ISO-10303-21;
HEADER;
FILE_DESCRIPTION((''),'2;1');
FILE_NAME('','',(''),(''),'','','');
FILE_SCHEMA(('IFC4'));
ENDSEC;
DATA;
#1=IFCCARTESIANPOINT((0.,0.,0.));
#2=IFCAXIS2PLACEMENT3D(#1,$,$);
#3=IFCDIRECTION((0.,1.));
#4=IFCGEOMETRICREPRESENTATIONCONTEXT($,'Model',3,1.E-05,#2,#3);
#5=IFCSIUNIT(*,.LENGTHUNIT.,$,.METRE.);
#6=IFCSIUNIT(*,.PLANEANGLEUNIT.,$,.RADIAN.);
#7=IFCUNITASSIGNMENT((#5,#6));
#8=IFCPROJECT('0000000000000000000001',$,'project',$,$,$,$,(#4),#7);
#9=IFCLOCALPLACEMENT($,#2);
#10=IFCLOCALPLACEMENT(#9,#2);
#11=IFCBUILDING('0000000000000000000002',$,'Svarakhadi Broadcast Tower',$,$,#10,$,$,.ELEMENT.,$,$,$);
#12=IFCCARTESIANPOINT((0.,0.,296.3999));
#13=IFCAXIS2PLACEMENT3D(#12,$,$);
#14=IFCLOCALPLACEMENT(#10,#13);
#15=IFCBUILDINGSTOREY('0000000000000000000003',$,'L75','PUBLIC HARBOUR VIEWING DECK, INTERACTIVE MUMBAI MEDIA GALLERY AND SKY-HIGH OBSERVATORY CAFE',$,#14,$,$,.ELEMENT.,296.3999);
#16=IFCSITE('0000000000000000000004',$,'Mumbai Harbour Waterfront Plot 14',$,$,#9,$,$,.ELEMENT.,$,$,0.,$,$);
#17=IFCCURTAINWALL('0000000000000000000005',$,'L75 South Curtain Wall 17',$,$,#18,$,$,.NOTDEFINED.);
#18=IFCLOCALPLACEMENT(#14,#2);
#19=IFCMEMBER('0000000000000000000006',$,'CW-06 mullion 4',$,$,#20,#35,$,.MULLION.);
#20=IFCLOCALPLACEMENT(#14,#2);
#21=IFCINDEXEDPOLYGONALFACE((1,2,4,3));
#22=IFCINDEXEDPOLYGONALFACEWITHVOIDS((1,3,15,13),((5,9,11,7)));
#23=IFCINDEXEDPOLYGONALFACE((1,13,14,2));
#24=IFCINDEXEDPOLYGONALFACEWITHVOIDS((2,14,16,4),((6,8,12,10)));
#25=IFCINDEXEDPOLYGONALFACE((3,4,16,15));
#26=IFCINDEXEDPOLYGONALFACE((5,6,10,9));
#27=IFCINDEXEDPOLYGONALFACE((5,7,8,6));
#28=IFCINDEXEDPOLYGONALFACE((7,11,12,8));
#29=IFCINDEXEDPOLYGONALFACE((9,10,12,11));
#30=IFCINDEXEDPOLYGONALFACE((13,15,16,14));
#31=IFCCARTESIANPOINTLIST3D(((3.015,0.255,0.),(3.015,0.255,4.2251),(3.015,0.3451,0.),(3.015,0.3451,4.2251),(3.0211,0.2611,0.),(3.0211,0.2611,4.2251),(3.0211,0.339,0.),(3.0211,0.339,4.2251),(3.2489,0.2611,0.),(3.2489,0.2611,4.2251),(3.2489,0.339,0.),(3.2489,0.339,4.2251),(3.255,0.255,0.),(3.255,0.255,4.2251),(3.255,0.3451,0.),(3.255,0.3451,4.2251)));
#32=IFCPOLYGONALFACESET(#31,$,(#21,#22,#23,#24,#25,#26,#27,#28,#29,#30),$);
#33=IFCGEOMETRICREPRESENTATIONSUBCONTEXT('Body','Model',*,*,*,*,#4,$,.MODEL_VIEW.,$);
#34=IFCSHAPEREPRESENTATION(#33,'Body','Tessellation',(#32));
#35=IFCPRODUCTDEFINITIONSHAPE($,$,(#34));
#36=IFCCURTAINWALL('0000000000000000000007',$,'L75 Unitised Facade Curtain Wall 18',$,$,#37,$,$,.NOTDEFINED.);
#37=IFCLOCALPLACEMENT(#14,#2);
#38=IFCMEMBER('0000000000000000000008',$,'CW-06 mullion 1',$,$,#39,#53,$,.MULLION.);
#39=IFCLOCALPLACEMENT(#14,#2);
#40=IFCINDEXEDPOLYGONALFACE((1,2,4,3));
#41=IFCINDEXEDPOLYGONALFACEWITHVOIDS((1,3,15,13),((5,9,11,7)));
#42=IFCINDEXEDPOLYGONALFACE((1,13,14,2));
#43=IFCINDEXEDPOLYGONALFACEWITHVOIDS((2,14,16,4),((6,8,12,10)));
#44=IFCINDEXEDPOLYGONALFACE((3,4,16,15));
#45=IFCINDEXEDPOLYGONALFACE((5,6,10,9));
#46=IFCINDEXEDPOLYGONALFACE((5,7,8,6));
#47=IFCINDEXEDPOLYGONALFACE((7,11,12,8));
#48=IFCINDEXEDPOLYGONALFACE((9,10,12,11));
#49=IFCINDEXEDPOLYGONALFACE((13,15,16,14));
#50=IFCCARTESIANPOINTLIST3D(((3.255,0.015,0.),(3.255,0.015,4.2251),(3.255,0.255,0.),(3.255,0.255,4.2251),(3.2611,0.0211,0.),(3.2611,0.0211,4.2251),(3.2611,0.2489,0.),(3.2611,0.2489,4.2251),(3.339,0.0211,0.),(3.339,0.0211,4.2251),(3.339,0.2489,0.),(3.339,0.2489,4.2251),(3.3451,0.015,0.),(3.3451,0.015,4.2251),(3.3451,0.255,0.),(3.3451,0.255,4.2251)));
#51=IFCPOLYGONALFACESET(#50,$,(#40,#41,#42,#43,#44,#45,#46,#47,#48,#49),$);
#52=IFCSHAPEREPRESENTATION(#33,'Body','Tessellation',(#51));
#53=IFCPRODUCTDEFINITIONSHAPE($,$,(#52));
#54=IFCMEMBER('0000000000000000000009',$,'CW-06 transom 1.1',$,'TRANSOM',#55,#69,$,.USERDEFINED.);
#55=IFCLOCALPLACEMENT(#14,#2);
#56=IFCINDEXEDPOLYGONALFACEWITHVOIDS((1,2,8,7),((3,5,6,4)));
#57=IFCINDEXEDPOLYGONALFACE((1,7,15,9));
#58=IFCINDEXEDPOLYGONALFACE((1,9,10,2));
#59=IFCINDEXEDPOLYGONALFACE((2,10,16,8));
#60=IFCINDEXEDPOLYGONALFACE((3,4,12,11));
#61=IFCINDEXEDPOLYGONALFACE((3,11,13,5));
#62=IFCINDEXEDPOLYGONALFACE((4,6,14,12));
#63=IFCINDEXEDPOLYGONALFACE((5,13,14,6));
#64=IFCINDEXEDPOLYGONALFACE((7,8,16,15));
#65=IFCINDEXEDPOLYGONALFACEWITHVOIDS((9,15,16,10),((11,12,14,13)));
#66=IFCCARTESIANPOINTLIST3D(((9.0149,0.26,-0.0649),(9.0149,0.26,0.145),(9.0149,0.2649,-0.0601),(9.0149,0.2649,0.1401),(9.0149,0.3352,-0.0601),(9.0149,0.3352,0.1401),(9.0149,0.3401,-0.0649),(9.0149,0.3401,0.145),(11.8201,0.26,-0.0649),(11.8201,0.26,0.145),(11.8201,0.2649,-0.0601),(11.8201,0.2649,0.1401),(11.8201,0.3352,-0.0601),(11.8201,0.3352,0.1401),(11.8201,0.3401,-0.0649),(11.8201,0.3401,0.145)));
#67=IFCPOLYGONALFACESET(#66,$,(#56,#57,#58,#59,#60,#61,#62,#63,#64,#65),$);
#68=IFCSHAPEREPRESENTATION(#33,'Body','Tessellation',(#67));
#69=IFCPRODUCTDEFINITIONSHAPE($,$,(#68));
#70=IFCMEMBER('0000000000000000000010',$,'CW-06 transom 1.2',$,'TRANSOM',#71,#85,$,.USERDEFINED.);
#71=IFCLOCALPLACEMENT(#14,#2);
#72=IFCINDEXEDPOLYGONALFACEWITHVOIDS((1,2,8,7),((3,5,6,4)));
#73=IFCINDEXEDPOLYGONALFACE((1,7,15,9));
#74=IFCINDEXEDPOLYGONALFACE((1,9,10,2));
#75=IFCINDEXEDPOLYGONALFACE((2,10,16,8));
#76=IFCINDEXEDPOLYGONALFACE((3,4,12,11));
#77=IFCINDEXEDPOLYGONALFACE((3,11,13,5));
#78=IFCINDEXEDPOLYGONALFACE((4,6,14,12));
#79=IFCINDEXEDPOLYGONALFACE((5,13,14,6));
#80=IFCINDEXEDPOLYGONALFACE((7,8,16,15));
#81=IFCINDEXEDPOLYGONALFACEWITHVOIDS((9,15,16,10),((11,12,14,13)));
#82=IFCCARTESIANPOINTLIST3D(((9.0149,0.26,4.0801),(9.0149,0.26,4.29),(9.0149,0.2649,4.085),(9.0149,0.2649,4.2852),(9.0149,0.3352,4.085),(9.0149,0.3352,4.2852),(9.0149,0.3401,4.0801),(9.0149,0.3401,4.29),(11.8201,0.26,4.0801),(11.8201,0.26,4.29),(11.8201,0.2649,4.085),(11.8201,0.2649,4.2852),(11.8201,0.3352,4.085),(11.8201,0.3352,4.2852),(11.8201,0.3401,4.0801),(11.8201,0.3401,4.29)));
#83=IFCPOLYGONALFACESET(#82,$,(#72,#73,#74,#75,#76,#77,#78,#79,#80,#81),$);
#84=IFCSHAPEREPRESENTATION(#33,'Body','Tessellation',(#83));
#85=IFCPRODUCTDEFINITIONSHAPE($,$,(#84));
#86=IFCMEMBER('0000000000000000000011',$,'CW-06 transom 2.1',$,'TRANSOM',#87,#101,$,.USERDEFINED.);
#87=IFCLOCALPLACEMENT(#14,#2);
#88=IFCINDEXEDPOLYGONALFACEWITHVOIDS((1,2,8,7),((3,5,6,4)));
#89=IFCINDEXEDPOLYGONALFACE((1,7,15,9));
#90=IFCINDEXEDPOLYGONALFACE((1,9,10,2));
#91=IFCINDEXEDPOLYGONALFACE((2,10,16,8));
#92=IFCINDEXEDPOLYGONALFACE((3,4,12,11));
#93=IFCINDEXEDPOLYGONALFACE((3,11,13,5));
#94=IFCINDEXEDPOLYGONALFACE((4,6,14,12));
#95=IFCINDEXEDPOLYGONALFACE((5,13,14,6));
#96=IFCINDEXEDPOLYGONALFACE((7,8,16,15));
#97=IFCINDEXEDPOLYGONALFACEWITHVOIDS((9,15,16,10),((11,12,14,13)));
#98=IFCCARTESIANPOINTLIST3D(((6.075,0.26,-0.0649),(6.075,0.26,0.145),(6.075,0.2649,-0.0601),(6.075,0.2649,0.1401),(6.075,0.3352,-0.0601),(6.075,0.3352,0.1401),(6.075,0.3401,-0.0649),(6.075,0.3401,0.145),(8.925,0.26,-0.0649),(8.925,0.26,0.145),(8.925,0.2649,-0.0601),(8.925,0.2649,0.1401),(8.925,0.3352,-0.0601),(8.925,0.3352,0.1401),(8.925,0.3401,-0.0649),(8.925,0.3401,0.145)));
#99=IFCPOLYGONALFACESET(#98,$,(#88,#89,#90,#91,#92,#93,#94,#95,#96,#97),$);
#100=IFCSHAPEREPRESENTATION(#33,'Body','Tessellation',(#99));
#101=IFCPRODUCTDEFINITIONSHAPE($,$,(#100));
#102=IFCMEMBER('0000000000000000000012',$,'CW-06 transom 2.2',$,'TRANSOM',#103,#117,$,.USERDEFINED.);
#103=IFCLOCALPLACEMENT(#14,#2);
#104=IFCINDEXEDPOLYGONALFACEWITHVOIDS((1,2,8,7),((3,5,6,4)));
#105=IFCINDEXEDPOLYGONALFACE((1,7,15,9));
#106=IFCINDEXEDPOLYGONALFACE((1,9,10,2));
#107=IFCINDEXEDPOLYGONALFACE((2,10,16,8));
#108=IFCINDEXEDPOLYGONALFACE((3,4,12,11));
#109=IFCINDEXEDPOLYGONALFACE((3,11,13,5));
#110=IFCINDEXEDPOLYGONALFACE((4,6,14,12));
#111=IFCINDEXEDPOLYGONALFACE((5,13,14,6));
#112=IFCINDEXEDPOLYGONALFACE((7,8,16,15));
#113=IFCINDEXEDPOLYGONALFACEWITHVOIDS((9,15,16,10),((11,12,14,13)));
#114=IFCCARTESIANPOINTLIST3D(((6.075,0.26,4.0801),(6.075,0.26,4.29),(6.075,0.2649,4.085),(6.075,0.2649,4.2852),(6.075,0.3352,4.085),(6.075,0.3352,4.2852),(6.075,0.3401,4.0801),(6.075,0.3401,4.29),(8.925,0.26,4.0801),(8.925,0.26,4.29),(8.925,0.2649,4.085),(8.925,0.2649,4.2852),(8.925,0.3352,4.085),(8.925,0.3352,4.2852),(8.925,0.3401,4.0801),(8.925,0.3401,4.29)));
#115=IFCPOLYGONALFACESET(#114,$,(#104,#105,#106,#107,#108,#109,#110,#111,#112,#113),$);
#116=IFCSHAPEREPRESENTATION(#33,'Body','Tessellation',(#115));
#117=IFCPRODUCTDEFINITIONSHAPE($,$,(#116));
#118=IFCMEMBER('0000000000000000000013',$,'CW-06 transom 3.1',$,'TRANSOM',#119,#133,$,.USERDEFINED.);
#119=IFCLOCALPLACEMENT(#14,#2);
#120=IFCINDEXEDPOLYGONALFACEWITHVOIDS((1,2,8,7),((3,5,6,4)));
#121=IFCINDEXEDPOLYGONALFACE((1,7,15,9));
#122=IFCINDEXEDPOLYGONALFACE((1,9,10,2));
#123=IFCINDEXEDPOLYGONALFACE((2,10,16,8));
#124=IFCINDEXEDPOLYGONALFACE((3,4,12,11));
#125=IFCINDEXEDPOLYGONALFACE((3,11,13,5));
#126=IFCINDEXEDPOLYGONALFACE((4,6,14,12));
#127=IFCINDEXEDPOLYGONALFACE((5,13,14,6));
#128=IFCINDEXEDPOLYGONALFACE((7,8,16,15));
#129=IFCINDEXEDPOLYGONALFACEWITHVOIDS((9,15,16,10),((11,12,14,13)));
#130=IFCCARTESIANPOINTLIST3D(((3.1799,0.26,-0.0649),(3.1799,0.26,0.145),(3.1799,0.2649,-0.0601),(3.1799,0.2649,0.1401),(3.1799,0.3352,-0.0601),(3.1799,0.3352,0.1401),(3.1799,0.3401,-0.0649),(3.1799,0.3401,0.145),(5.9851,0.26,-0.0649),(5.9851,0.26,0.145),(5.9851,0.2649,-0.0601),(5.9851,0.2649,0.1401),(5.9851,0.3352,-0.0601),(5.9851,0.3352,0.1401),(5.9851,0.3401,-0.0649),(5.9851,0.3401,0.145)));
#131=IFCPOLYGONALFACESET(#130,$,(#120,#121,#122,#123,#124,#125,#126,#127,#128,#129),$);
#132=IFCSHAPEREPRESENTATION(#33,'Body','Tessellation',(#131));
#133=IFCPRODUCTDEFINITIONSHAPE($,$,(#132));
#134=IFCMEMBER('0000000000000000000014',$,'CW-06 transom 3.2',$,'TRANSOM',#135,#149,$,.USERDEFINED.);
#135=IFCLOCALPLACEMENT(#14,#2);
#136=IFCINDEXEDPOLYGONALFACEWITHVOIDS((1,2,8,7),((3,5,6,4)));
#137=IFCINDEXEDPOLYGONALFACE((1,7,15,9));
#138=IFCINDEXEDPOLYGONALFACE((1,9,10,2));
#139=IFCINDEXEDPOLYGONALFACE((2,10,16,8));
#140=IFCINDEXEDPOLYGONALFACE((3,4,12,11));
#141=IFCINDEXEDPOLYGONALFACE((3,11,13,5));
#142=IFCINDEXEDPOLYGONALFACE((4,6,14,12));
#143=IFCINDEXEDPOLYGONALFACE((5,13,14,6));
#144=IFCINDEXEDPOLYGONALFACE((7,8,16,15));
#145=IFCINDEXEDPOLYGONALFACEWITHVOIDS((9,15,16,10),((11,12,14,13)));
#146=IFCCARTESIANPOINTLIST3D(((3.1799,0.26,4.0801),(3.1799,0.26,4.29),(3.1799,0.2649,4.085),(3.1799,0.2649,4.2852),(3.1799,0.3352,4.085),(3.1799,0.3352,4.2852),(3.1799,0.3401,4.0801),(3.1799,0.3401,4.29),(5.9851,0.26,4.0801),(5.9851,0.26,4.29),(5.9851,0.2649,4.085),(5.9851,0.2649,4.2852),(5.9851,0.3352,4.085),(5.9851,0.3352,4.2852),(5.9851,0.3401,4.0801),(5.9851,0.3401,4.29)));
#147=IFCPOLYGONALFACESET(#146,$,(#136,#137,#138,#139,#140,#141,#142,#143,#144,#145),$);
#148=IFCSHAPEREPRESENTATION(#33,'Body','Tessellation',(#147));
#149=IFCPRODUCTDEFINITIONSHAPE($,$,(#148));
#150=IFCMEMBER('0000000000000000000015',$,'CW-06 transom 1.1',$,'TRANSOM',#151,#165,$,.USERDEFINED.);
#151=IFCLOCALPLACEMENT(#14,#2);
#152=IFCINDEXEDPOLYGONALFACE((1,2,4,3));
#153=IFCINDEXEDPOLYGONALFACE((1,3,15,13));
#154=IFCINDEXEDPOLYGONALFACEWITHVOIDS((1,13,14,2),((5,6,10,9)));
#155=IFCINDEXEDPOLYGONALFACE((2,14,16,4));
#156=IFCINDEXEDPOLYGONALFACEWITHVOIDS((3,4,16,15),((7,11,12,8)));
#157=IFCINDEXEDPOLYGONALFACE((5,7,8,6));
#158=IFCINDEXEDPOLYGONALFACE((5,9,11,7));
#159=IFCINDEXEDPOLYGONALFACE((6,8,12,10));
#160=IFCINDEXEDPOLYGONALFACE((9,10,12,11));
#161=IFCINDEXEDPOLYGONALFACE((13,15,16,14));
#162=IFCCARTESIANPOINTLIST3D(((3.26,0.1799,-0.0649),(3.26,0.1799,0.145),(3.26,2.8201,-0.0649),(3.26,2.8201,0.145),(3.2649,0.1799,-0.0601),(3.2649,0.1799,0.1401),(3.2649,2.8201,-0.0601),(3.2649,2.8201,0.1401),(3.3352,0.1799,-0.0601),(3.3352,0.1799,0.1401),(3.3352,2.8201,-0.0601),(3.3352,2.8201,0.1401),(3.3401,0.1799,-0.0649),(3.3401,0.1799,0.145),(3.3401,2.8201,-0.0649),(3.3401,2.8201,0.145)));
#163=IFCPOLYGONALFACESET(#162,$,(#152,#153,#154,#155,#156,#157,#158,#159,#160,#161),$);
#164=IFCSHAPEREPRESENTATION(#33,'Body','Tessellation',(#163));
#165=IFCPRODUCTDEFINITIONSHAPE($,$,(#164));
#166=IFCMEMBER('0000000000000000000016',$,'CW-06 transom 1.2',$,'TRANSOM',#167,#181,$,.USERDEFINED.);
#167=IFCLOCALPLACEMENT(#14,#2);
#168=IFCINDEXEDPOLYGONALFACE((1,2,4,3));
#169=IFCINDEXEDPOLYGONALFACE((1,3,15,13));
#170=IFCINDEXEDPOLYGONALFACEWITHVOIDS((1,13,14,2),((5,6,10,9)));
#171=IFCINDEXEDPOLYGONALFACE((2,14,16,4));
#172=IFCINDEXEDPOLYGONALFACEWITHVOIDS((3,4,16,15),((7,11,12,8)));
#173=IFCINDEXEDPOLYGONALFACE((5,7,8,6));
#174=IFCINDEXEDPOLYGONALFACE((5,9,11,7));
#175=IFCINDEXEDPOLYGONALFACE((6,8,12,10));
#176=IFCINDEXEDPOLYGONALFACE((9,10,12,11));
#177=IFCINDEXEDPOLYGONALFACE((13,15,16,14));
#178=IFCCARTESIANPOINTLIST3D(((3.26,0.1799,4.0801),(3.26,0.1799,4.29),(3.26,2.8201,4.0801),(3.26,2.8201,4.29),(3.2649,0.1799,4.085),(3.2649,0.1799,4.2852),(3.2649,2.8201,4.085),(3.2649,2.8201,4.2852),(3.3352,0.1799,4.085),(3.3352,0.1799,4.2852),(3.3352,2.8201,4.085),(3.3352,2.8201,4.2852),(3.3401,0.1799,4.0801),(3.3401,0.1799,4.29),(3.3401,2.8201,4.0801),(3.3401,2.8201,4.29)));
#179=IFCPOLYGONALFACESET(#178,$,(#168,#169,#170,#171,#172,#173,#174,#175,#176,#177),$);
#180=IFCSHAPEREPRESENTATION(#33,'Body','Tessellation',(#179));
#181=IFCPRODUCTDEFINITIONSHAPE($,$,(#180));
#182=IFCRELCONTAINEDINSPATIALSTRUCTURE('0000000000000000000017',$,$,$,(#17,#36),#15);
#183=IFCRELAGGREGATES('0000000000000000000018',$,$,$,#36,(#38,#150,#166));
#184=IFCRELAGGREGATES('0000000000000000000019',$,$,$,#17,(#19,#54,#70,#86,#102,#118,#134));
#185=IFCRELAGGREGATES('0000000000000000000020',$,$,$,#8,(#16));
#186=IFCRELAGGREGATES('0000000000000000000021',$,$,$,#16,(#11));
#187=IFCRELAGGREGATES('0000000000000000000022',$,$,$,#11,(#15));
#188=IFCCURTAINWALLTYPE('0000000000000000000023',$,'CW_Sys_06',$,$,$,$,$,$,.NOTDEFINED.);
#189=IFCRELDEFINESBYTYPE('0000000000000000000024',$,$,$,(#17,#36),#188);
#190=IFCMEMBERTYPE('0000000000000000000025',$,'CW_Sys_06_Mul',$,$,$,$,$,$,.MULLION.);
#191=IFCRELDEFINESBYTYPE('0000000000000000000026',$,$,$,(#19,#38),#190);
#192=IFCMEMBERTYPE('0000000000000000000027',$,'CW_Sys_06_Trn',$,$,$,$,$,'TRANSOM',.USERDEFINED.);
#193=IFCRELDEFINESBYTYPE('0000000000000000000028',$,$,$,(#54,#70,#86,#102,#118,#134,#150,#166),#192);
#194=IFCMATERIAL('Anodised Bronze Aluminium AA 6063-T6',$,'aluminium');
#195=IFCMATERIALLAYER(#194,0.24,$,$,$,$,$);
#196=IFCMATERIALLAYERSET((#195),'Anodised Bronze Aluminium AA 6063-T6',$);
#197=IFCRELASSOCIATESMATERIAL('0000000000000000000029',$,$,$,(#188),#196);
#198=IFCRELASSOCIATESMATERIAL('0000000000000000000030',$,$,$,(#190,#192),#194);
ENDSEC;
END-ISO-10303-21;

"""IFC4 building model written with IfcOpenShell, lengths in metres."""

from ifc_helpers import new_model, si_unit, direction, frame, origin, origin_2d, place, context, subcontext, project, spatial, hollow_rectangle, extrude, material, layer, layer_set, material_profile, profile_set, type_object, element, aggregate, save


model = new_model("IFC4")

# Units and contexts
model_context = context("Model", 3, precision=1e-05, world=origin(), true_north=direction((0.0, 1.0)))
body_context = subcontext(model_context, "Body", "Model", "MODEL_VIEW")
ifc_project = project(units=[si_unit("LENGTHUNIT", "METRE"), si_unit("PLANEANGLEUNIT", "RADIAN")], contexts=[model_context])

# Site, building, storey
site_placement = place(None, origin())
site = spatial("IfcSite", under=ifc_project, at=site_placement, Name="Mumbai Harbour Waterfront Plot 14", CompositionType="ELEMENT", RefElevation=0.0)
building_placement = place(site_placement, origin())
building = spatial("IfcBuilding", under=site, at=building_placement, Name="Svarakhadi Broadcast Tower", CompositionType="ELEMENT")
storey_placement = place(building_placement, frame((0.0, 0.0, 296.3999)))
storey = spatial("IfcBuildingStorey", under=building, at=storey_placement, Name="L75", Description="PUBLIC HARBOUR VIEWING DECK, INTERACTIVE MUMBAI MEDIA GALLERY AND SKY-HIGH OBSERVATORY CAFE", CompositionType="ELEMENT", Elevation=296.3999)

# Curtain wall, member
ifc_material_1 = material(Name="Anodised Bronze Aluminium AA 6063-T6", Category="aluminium")
ifc_layer_1 = layer(ifc_material_1, 0.24)
ifc_layer_set_1 = layer_set([ifc_layer_1], Name="Anodised Bronze Aluminium AA 6063-T6")
curtain_wall_type = type_object("IfcCurtainWallType", Name="CW_Sys_06", PredefinedType="NOTDEFINED", material=ifc_layer_set_1)
curtain_wall_1_placement = place(storey_placement, origin())
curtain_wall_1 = element("IfcCurtainWall", 1, at=curtain_wall_1_placement, inside=storey, type_object=curtain_wall_type, Name="L75 South Curtain Wall 17", PredefinedType="NOTDEFINED")
ifc_material_profile_1 = material_profile(ifc_material_1, hollow_rectangle(XDim=0.0901, YDim=0.24, WallThickness=0.0061, at=origin_2d()), Name="ALU MULLION 240x90x6")
ifc_profile_set_1 = profile_set([ifc_material_profile_1], Name="Anodised Bronze Aluminium AA 6063-T6")
member_type_1 = type_object("IfcMemberType", Name="CW_Sys_06_Mul", PredefinedType="MULLION", material=ifc_profile_set_1)
member_1_placement = place(storey_placement, frame((3.135, 0.3, 0.0), z_axis=(0.0, 0.0, 1.0), x_axis=(0.0, -1.0, 0.0)))
member_1 = element("IfcMember", 2, at=member_1_placement, type_object=member_type_1, Name="CW-06 mullion 4", PredefinedType="MULLION", context=body_context, shape_type="SweptSolid", body=[
    extrude(hollow_rectangle(XDim=0.0901, YDim=0.24, WallThickness=0.0061, at=origin_2d()), origin(), (0.0, 0.0, 1.0), 4.2251),
])

# Curtain wall, member
curtain_wall_2_placement = place(storey_placement, origin())
curtain_wall_2 = element("IfcCurtainWall", 3, at=curtain_wall_2_placement, inside=storey, type_object=curtain_wall_type, Name="L75 Unitised Facade Curtain Wall 18", PredefinedType="NOTDEFINED")
member_2_placement = place(storey_placement, frame((3.3, 0.135, 0.0), z_axis=(0.0, 0.0, 1.0), x_axis=(-1.0, 0.0, 0.0)))
member_2 = element("IfcMember", 4, at=member_2_placement, type_object=member_type_1, Name="CW-06 mullion 1", PredefinedType="MULLION", context=body_context, shape_type="SweptSolid", body=[
    extrude(hollow_rectangle(XDim=0.0901, YDim=0.24, WallThickness=0.0061, at=origin_2d()), origin(), (0.0, 0.0, 1.0), 4.2251),
])

# Members
ifc_material_profile_2 = material_profile(ifc_material_1, hollow_rectangle(XDim=0.0801, YDim=0.21, WallThickness=0.0049, at=origin_2d()), Name="ALU TRANSOM 210x80x5")
ifc_profile_set_2 = profile_set([ifc_material_profile_2], Name="Anodised Bronze Aluminium AA 6063-T6")
member_type_2 = type_object("IfcMemberType", Name="CW_Sys_06_Trn", ElementType="TRANSOM", PredefinedType="USERDEFINED", material=ifc_profile_set_2)
member_3_placement = place(storey_placement, frame((11.8201, 0.3, 0.04), z_axis=(-1.0, 0.0, 0.0), x_axis=(0.0, -1.0, 0.0)))
member_3 = element("IfcMember", 5, at=member_3_placement, type_object=member_type_2, Name="CW-06 transom 1.1", ObjectType="TRANSOM", PredefinedType="USERDEFINED", context=body_context, shape_type="SweptSolid", body=[
    extrude(hollow_rectangle(XDim=0.0801, YDim=0.21, WallThickness=0.0049, at=origin_2d()), origin(), (0.0, 0.0, 1.0), 2.8052),
])
member_4_placement = place(storey_placement, frame((11.8201, 0.3, 4.1851), z_axis=(-1.0, 0.0, 0.0), x_axis=(0.0, -1.0, 0.0)))
member_4 = element("IfcMember", 6, at=member_4_placement, type_object=member_type_2, Name="CW-06 transom 1.2", ObjectType="TRANSOM", PredefinedType="USERDEFINED", context=body_context, shape_type="SweptSolid", body=[
    extrude(hollow_rectangle(XDim=0.0801, YDim=0.21, WallThickness=0.0049, at=origin_2d()), origin(), (0.0, 0.0, 1.0), 2.8052),
])
member_5_placement = place(storey_placement, frame((8.925, 0.3, 0.04), z_axis=(-1.0, 0.0, 0.0), x_axis=(0.0, -1.0, 0.0)))
member_5 = element("IfcMember", 7, at=member_5_placement, type_object=member_type_2, Name="CW-06 transom 2.1", ObjectType="TRANSOM", PredefinedType="USERDEFINED", context=body_context, shape_type="SweptSolid", body=[
    extrude(hollow_rectangle(XDim=0.0801, YDim=0.21, WallThickness=0.0049, at=origin_2d()), origin(), (0.0, 0.0, 1.0), 2.8501),
])
member_6_placement = place(storey_placement, frame((8.925, 0.3, 4.1851), z_axis=(-1.0, 0.0, 0.0), x_axis=(0.0, -1.0, 0.0)))
member_6 = element("IfcMember", 8, at=member_6_placement, type_object=member_type_2, Name="CW-06 transom 2.2", ObjectType="TRANSOM", PredefinedType="USERDEFINED", context=body_context, shape_type="SweptSolid", body=[
    extrude(hollow_rectangle(XDim=0.0801, YDim=0.21, WallThickness=0.0049, at=origin_2d()), origin(), (0.0, 0.0, 1.0), 2.8501),
])
member_7_placement = place(storey_placement, frame((5.9851, 0.3, 0.04), z_axis=(-1.0, 0.0, 0.0), x_axis=(0.0, -1.0, 0.0)))
member_7 = element("IfcMember", 9, at=member_7_placement, type_object=member_type_2, Name="CW-06 transom 3.1", ObjectType="TRANSOM", PredefinedType="USERDEFINED", context=body_context, shape_type="SweptSolid", body=[
    extrude(hollow_rectangle(XDim=0.0801, YDim=0.21, WallThickness=0.0049, at=origin_2d()), origin(), (0.0, 0.0, 1.0), 2.8052),
])
member_8_placement = place(storey_placement, frame((5.9851, 0.3, 4.1851), z_axis=(-1.0, 0.0, 0.0), x_axis=(0.0, -1.0, 0.0)))
member_8 = element("IfcMember", 10, at=member_8_placement, type_object=member_type_2, Name="CW-06 transom 3.2", ObjectType="TRANSOM", PredefinedType="USERDEFINED", context=body_context, shape_type="SweptSolid", body=[
    extrude(hollow_rectangle(XDim=0.0801, YDim=0.21, WallThickness=0.0049, at=origin_2d()), origin(), (0.0, 0.0, 1.0), 2.8052),
])
member_9_placement = place(storey_placement, frame((3.3, 0.1799, 0.04), z_axis=(0.0, 1.0, 0.0), x_axis=(-1.0, 0.0, 0.0)))
member_9 = element("IfcMember", 11, at=member_9_placement, type_object=member_type_2, Name="CW-06 transom 1.1", ObjectType="TRANSOM", PredefinedType="USERDEFINED", context=body_context, shape_type="SweptSolid", body=[
    extrude(hollow_rectangle(XDim=0.0801, YDim=0.21, WallThickness=0.0049, at=origin_2d()), origin(), (0.0, 0.0, 1.0), 2.6401),
])
member_10_placement = place(storey_placement, frame((3.3, 0.1799, 4.1851), z_axis=(0.0, 1.0, 0.0), x_axis=(-1.0, 0.0, 0.0)))
member_10 = element("IfcMember", 12, at=member_10_placement, type_object=member_type_2, Name="CW-06 transom 1.2", ObjectType="TRANSOM", PredefinedType="USERDEFINED", context=body_context, shape_type="SweptSolid", body=[
    extrude(hollow_rectangle(XDim=0.0801, YDim=0.21, WallThickness=0.0049, at=origin_2d()), origin(), (0.0, 0.0, 1.0), 2.6401),
])
aggregate(curtain_wall_2, [member_2, member_9, member_10])

aggregate(curtain_wall_1, [member_1, member_3, member_4, member_5, member_6, member_7, member_8])

save(model, "model.ifc")
